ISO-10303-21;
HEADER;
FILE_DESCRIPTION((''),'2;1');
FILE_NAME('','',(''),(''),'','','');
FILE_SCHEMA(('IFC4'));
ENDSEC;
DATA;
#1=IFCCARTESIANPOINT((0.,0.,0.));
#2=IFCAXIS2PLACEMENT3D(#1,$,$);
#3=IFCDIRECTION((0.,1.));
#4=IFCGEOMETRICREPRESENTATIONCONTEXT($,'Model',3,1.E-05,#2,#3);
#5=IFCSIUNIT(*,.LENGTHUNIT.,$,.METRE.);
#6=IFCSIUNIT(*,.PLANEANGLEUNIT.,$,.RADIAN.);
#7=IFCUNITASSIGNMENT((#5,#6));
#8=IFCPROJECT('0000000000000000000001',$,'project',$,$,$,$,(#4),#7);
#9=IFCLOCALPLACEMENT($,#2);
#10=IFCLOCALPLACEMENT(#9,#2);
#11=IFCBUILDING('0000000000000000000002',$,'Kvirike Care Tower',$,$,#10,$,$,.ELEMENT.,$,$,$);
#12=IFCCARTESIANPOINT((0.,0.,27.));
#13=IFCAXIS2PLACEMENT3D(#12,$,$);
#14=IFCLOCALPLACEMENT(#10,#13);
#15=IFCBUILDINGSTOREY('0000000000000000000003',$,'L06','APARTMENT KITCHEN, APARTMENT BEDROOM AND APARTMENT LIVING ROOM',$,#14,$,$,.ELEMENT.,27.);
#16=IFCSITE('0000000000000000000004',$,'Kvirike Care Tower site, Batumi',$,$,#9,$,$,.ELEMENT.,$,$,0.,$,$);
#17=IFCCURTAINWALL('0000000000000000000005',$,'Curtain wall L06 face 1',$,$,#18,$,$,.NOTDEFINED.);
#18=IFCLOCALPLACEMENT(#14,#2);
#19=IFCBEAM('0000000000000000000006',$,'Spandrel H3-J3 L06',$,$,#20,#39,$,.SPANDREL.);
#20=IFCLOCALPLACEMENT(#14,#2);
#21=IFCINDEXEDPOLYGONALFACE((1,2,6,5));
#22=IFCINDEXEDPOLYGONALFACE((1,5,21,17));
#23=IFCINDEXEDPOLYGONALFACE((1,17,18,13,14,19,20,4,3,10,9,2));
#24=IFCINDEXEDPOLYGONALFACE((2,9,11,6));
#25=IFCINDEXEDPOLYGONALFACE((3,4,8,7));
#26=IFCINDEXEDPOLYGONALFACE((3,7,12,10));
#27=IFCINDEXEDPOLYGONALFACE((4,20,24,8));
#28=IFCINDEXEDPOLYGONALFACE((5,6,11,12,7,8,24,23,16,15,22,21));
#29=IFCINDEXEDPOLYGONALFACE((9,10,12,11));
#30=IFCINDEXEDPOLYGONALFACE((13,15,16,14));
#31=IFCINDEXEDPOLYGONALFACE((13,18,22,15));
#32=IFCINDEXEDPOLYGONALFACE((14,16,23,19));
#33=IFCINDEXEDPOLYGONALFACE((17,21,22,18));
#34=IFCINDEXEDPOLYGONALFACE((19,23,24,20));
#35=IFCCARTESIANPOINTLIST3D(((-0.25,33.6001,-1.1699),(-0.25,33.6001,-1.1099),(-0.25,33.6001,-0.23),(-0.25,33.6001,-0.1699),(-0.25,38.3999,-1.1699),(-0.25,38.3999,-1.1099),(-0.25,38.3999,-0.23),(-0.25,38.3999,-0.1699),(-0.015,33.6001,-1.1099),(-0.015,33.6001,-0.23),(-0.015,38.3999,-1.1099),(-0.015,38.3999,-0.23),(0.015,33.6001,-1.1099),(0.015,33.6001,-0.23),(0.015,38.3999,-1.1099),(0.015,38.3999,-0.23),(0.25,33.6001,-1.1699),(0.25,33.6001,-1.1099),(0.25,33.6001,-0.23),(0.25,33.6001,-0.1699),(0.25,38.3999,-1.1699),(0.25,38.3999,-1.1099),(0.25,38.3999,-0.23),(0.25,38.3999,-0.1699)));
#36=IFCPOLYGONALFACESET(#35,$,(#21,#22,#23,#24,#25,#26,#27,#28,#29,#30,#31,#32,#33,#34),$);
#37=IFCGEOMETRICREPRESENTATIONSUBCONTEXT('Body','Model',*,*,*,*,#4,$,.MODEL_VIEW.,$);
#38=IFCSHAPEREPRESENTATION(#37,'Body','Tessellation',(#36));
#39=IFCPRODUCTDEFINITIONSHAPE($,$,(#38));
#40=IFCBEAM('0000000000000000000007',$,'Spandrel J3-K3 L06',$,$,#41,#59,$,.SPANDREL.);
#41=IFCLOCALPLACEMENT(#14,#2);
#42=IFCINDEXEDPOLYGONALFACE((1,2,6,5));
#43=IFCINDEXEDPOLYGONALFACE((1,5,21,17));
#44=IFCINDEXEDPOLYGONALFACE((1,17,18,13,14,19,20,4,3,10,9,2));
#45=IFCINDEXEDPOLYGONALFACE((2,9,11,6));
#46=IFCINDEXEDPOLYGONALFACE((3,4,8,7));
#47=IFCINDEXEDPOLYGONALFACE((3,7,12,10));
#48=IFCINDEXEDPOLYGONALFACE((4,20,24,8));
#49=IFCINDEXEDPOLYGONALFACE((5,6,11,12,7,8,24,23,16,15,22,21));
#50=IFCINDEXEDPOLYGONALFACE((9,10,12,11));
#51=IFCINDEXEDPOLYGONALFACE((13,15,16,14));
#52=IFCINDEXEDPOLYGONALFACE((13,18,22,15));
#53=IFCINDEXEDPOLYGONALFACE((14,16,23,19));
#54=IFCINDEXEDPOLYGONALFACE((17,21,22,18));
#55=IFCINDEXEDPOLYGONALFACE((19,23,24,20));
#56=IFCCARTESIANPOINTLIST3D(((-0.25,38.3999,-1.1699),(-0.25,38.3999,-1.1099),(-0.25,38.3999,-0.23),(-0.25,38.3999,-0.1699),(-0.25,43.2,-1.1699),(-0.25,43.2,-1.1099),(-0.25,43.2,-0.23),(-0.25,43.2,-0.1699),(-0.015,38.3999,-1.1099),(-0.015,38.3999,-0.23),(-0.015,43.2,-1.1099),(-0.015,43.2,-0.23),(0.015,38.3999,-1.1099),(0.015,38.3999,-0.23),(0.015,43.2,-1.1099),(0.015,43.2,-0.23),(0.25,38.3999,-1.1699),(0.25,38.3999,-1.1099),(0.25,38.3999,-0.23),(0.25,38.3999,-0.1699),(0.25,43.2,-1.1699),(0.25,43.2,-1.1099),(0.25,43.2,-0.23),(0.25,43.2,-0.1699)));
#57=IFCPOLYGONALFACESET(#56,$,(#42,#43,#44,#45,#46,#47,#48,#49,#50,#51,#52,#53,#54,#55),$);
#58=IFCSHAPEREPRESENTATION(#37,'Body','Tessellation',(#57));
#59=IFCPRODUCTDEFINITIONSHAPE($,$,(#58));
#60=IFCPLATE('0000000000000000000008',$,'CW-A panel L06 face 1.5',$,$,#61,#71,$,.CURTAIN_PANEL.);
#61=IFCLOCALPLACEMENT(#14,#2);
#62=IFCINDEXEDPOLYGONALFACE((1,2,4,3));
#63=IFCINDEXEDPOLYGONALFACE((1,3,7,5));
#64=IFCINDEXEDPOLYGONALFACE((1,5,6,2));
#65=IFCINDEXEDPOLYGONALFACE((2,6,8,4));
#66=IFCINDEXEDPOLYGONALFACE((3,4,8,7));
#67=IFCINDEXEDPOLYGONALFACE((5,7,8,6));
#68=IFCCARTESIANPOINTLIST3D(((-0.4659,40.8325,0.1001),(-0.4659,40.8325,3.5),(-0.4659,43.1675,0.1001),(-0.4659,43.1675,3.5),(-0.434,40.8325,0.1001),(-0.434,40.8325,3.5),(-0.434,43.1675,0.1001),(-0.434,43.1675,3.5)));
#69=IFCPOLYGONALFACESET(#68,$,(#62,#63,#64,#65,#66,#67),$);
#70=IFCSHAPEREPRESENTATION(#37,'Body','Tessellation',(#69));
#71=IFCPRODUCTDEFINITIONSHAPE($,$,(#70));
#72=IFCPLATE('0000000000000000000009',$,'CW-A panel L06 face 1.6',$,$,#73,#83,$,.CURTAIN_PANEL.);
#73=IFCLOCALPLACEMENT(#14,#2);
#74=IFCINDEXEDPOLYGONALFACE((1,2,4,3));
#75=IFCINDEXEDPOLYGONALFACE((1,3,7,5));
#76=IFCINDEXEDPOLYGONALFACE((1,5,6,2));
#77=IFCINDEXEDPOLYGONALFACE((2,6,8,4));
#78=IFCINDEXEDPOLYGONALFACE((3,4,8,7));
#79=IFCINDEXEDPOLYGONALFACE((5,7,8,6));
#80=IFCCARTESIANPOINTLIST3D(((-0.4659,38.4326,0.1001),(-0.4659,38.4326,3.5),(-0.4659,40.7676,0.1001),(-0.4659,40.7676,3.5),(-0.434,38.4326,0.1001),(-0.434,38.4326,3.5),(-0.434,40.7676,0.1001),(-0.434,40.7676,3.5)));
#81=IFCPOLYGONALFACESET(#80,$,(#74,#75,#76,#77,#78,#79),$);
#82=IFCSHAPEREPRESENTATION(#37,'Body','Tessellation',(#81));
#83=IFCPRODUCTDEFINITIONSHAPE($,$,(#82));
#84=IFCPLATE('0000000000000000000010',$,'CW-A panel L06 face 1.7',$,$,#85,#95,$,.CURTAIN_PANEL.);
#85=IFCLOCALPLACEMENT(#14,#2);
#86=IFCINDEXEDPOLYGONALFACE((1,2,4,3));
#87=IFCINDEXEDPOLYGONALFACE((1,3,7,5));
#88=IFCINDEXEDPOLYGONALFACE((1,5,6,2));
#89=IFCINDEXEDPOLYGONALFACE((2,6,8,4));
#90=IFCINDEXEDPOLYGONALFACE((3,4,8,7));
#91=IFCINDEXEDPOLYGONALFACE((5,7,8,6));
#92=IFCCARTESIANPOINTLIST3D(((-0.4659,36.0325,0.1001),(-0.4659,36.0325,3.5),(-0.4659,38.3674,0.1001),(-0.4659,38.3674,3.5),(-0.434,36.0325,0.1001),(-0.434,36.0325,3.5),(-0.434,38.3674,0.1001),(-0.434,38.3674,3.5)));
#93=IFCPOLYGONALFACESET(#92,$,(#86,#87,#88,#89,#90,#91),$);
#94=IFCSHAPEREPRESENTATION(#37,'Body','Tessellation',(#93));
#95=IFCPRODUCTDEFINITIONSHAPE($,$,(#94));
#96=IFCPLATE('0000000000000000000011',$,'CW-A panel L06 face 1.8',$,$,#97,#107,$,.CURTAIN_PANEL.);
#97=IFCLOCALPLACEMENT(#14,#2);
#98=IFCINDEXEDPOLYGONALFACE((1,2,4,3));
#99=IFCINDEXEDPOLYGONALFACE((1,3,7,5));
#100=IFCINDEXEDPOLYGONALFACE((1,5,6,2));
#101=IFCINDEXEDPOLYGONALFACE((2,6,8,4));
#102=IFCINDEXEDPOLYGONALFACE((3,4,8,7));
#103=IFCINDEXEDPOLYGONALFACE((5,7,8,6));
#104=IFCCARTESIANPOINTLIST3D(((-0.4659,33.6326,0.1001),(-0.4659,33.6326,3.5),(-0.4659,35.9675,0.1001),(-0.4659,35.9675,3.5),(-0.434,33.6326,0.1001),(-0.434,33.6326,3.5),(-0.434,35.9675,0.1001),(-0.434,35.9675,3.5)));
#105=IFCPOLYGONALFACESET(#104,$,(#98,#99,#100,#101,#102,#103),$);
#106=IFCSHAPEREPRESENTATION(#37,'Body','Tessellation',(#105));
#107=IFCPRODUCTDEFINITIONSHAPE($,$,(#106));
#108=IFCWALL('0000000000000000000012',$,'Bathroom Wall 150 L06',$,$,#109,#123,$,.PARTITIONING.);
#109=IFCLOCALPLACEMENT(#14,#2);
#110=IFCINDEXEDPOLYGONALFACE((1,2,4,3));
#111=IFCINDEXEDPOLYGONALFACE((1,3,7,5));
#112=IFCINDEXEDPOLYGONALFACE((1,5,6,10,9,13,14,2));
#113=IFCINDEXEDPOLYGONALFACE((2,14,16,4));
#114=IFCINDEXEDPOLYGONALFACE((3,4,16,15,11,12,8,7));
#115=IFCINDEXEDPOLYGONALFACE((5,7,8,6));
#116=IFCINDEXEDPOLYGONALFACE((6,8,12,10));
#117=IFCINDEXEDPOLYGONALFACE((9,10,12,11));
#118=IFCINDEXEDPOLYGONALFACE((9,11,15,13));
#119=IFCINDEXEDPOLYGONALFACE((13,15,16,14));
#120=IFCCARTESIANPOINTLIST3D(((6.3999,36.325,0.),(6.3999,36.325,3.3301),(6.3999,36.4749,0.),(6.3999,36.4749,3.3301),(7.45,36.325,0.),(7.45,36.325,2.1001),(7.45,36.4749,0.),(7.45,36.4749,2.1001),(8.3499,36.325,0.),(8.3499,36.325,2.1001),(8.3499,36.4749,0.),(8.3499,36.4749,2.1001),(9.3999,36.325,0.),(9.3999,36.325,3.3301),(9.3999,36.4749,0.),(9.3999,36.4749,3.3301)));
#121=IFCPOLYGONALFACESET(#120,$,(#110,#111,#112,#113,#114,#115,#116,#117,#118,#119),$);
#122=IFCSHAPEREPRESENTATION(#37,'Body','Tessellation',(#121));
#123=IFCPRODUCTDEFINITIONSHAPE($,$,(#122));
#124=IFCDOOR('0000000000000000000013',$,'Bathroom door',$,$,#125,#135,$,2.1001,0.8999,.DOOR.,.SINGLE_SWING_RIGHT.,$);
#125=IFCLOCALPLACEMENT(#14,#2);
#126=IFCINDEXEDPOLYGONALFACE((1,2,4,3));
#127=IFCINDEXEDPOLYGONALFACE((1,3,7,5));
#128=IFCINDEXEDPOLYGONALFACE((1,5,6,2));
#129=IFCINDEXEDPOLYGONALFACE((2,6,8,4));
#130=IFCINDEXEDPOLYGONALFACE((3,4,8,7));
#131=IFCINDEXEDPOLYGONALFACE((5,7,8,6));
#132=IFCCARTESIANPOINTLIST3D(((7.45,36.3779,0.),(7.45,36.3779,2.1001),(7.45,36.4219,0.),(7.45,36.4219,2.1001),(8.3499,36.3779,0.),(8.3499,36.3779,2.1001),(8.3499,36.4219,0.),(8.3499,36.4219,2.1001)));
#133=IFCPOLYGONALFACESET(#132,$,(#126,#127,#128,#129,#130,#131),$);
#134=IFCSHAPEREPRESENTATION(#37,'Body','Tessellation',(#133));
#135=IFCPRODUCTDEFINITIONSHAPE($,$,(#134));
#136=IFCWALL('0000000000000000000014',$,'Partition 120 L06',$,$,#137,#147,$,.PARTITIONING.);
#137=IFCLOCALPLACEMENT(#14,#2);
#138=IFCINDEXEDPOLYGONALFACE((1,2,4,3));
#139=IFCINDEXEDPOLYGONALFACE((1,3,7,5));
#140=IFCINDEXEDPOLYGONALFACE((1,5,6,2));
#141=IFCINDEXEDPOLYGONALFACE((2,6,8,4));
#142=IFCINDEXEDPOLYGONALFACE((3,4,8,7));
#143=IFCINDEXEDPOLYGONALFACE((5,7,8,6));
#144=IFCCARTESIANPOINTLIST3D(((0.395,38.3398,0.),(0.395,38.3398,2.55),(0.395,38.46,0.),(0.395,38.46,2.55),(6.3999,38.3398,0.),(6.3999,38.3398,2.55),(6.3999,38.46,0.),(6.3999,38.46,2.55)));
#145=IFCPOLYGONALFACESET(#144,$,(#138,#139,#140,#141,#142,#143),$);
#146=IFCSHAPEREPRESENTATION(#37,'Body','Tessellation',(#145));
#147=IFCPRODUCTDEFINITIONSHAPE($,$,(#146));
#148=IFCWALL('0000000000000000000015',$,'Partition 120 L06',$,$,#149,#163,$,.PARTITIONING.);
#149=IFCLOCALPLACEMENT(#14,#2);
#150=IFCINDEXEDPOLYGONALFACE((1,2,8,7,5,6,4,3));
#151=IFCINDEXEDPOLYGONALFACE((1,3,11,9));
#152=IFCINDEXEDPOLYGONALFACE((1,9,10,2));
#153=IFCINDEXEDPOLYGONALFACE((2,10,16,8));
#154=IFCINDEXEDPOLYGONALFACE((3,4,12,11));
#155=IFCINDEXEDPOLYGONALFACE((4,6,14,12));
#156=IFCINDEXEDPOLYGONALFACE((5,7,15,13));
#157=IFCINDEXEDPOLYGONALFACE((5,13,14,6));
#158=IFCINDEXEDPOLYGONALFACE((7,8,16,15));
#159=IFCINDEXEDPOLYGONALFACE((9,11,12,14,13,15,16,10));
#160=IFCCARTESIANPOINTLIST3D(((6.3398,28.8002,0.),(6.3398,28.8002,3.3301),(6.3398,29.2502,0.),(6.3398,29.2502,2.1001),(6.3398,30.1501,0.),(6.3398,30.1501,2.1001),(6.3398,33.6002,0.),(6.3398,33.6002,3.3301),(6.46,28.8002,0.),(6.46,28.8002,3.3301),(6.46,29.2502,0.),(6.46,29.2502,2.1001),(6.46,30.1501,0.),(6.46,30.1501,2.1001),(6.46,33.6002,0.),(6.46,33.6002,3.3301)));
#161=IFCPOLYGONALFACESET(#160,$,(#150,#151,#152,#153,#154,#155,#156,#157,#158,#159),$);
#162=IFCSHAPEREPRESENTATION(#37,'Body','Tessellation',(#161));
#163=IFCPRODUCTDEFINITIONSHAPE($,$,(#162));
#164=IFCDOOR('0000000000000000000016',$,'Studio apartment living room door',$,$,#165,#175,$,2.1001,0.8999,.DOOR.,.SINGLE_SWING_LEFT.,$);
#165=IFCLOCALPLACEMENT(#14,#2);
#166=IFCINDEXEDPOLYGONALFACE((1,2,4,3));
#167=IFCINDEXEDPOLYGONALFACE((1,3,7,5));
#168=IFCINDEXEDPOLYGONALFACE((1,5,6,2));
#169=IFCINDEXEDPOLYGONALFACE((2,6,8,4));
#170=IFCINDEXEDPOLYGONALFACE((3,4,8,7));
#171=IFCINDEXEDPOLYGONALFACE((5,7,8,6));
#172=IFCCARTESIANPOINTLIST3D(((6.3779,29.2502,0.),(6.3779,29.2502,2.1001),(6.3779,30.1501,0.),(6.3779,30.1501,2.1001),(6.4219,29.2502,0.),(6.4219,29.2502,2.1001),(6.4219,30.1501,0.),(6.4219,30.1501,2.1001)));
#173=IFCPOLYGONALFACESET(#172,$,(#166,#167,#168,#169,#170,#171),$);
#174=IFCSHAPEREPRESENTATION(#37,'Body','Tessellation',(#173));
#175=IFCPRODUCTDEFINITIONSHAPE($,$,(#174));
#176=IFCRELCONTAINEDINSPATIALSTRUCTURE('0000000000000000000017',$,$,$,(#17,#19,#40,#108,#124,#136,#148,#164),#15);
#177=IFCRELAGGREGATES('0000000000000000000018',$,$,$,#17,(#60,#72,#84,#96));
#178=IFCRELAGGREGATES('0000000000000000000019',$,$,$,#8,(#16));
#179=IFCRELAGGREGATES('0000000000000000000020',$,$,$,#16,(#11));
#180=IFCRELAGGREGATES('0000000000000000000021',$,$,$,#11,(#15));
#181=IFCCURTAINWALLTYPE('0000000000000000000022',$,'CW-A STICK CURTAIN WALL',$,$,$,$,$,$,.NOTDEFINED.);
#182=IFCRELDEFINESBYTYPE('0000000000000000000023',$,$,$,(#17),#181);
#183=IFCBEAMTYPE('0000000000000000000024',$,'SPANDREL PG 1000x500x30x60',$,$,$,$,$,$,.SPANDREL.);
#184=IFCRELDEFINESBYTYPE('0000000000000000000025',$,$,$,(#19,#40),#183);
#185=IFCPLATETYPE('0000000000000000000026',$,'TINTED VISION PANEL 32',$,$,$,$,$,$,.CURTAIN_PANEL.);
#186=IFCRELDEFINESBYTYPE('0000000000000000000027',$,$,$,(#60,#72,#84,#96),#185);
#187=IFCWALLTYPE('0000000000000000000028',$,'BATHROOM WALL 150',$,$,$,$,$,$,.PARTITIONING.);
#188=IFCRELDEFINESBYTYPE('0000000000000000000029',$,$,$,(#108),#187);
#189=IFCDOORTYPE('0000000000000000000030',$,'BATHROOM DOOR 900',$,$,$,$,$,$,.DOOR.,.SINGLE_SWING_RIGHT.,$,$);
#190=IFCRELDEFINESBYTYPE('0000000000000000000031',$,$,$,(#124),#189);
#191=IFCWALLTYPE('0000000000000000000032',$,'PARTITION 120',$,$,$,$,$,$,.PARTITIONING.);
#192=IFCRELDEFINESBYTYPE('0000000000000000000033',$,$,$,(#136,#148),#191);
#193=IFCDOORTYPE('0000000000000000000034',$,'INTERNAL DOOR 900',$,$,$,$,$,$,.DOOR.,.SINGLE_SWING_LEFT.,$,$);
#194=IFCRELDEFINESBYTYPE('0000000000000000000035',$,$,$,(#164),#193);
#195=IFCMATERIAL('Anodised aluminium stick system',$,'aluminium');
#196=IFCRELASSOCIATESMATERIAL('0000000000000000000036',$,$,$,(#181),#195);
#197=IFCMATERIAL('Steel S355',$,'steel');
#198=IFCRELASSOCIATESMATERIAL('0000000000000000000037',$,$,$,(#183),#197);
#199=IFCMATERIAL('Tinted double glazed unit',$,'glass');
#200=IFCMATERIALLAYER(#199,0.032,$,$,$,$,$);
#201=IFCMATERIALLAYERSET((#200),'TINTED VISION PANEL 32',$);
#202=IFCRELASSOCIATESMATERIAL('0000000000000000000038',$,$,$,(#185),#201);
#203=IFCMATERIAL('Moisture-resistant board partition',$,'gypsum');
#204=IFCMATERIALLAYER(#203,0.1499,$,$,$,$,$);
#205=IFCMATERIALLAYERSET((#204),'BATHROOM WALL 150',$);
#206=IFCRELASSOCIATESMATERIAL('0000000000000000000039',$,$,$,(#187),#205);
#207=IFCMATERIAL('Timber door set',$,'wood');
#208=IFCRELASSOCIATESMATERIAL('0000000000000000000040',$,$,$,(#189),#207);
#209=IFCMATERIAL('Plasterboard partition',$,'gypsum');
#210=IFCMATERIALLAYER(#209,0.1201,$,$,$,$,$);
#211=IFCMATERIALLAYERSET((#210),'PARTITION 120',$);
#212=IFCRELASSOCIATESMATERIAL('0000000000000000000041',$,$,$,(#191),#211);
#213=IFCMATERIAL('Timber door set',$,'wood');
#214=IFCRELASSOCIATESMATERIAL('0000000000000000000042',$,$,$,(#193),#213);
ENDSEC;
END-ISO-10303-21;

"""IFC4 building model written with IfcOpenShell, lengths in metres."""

from ifc_helpers import new_model, si_unit, direction, frame, frame_2d, origin, origin_2d, place, context, subcontext, project, spatial, rectangle, i_section, extrude, material, layer, layer_set, material_profile, profile_set, type_object, element, fill, aggregate, save


model = new_model("IFC4")

# Units and contexts
model_context = context("Model", 3, precision=1e-05, world=origin(), true_north=direction((0.0, 1.0)))
body_context = subcontext(model_context, "Body", "Model", "MODEL_VIEW")
ifc_project = project(units=[si_unit("LENGTHUNIT", "METRE"), si_unit("PLANEANGLEUNIT", "RADIAN")], contexts=[model_context])

# Site, building, storey
site_placement = place(None, origin())
site = spatial("IfcSite", under=ifc_project, at=site_placement, Name="Kvirike Care Tower site, Batumi", CompositionType="ELEMENT", RefElevation=0.0)
building_placement = place(site_placement, origin())
building = spatial("IfcBuilding", under=site, at=building_placement, Name="Kvirike Care Tower", CompositionType="ELEMENT")
storey_placement = place(building_placement, frame((0.0, 0.0, 27.0)))
storey = spatial("IfcBuildingStorey", under=building, at=storey_placement, Name="L06", Description="APARTMENT KITCHEN, APARTMENT BEDROOM AND APARTMENT LIVING ROOM", CompositionType="ELEMENT", Elevation=27.0)

# Curtain wall
ifc_material_1 = material(Name="Anodised aluminium stick system", Category="aluminium")
curtain_wall_type = type_object("IfcCurtainWallType", Name="CW-A STICK CURTAIN WALL", PredefinedType="NOTDEFINED", material=ifc_material_1)
curtain_wall_placement = place(storey_placement, origin())
curtain_wall = element("IfcCurtainWall", 1, at=curtain_wall_placement, inside=storey, type_object=curtain_wall_type, Name="Curtain wall L06 face 1", PredefinedType="NOTDEFINED")

# Beams
ifc_material_2 = material(Name="Steel S355", Category="steel")
ifc_material_profile_1 = material_profile(ifc_material_2, i_section(OverallWidth=0.5, OverallDepth=1.0, WebThickness=0.03, FlangeThickness=0.0601, at=origin_2d()), Name="PG 1000x500x30x60")
ifc_profile_set_1 = profile_set([ifc_material_profile_1], Name="Steel S355")
beam_type_1 = type_object("IfcBeamType", Name="SPANDREL PG 1000x500x30x60", PredefinedType="SPANDREL", material=ifc_profile_set_1)
beam_1_placement = place(storey_placement, frame((0.0, 33.6001, -0.6699), z_axis=(0.0, 1.0, 0.0), x_axis=(-1.0, 0.0, 0.0)))
element("IfcBeam", 2, at=beam_1_placement, inside=storey, type_object=beam_type_1, Name="Spandrel H3-J3 L06", PredefinedType="SPANDREL", context=body_context, shape_type="SweptSolid", body=[
    extrude(i_section(OverallWidth=0.5, OverallDepth=1.0, WebThickness=0.03, FlangeThickness=0.0601, at=origin_2d()), origin(), (0.0, 0.0, 1.0), 4.7998),
])
beam_2_placement = place(storey_placement, frame((0.0, 38.3999, -0.6699), z_axis=(0.0, 1.0, 0.0), x_axis=(-1.0, 0.0, 0.0)))
element("IfcBeam", 3, at=beam_2_placement, inside=storey, type_object=beam_type_1, Name="Spandrel J3-K3 L06", PredefinedType="SPANDREL", context=body_context, shape_type="SweptSolid", body=[
    extrude(i_section(OverallWidth=0.5, OverallDepth=1.0, WebThickness=0.03, FlangeThickness=0.0601, at=origin_2d()), origin(), (0.0, 0.0, 1.0), 4.8),
])

# Plates
ifc_material_3 = material(Name="Tinted double glazed unit", Category="glass")
ifc_layer_1 = layer(ifc_material_3, 0.032)
ifc_layer_set_1 = layer_set([ifc_layer_1], Name="TINTED VISION PANEL 32")
plate_type = type_object("IfcPlateType", Name="TINTED VISION PANEL 32", PredefinedType="CURTAIN_PANEL", material=ifc_layer_set_1)
plate_1_placement = place(storey_placement, frame((-0.45, 42.0, 0.1001), z_axis=(0.0, 0.0, 1.0), x_axis=(0.0, -1.0, 0.0)))
plate_1 = element("IfcPlate", 4, at=plate_1_placement, type_object=plate_type, Name="CW-A panel L06 face 1.5", PredefinedType="CURTAIN_PANEL", context=body_context, shape_type="SweptSolid", body=[
    extrude(rectangle(XDim=2.335, YDim=0.032, at=origin_2d()), origin(), (0.0, 0.0, 1.0), 3.3999),
])
plate_2_placement = place(storey_placement, frame((-0.45, 39.6001, 0.1001), z_axis=(0.0, 0.0, 1.0), x_axis=(0.0, -1.0, 0.0)))
plate_2 = element("IfcPlate", 5, at=plate_2_placement, type_object=plate_type, Name="CW-A panel L06 face 1.6", PredefinedType="CURTAIN_PANEL", context=body_context, shape_type="SweptSolid", body=[
    extrude(rectangle(XDim=2.335, YDim=0.032, at=origin_2d()), origin(), (0.0, 0.0, 1.0), 3.3999),
])
plate_3_placement = place(storey_placement, frame((-0.45, 37.2, 0.1001), z_axis=(0.0, 0.0, 1.0), x_axis=(0.0, -1.0, 0.0)))
plate_3 = element("IfcPlate", 6, at=plate_3_placement, type_object=plate_type, Name="CW-A panel L06 face 1.7", PredefinedType="CURTAIN_PANEL", context=body_context, shape_type="SweptSolid", body=[
    extrude(rectangle(XDim=2.335, YDim=0.032, at=origin_2d()), origin(), (0.0, 0.0, 1.0), 3.3999),
])
plate_4_placement = place(storey_placement, frame((-0.45, 34.8, 0.1001), z_axis=(0.0, 0.0, 1.0), x_axis=(0.0, -1.0, 0.0)))
plate_4 = element("IfcPlate", 7, at=plate_4_placement, type_object=plate_type, Name="CW-A panel L06 face 1.8", PredefinedType="CURTAIN_PANEL", context=body_context, shape_type="SweptSolid", body=[
    extrude(rectangle(XDim=2.335, YDim=0.032, at=origin_2d()), origin(), (0.0, 0.0, 1.0), 3.3999),
])
aggregate(curtain_wall, [plate_1, plate_2, plate_3, plate_4])

# Wall, opening, door
ifc_material_4 = material(Name="Moisture-resistant board partition", Category="gypsum")
ifc_layer_2 = layer(ifc_material_4, 0.1499)
ifc_layer_set_2 = layer_set([ifc_layer_2], Name="BATHROOM WALL 150")
wall_type_1 = type_object("IfcWallType", Name="BATHROOM WALL 150", PredefinedType="PARTITIONING", material=ifc_layer_set_2)
wall_1_placement = place(storey_placement, frame((6.3999, 36.3999, 0.0), z_axis=(0.0, 0.0, 1.0), x_axis=(1.0, 0.0, 0.0)))
wall_1 = element("IfcWall", 8, at=wall_1_placement, inside=storey, type_object=wall_type_1, Name="Bathroom Wall 150 L06", PredefinedType="PARTITIONING", context=body_context, shape_type="SweptSolid", body=[
    extrude(rectangle(XDim=3.0, YDim=0.1499, at=frame_2d((1.5, 0.0))), origin(), (0.0, 0.0, 1.0), 3.3301),
])
opening_1_placement = place(wall_1_placement, frame((1.05, 0.0, 0.0)))
opening_1 = element("IfcOpeningElement", 9, at=opening_1_placement, cuts=wall_1, PredefinedType="OPENING", context=body_context, shape_type="SweptSolid", body=[
    extrude(rectangle(XDim=0.8999, YDim=2.1001, at=frame_2d((0.45, 1.05))), frame((0.0, 0.0854, 0.0), z_axis=(0.0, -1.0, 0.0), x_axis=(1.0, 0.0, 0.0)), (0.0, 0.0, 1.0), 0.1709),
])
ifc_material_5 = material(Name="Timber door set", Category="wood")
door_type_1 = type_object("IfcDoorType", Name="BATHROOM DOOR 900", OperationType="SINGLE_SWING_RIGHT", PredefinedType="DOOR", material=ifc_material_5)
door_1_placement = place(opening_1_placement, frame((0.8999, 0.0, 0.0), z_axis=(0.0, 0.0, 1.0), x_axis=(-1.0, 0.0, 0.0)))
door_1 = element("IfcDoor", 10, at=door_1_placement, inside=storey, type_object=door_type_1, Name="Bathroom door", OperationType="SINGLE_SWING_RIGHT", OverallHeight=2.1001, OverallWidth=0.8999, PredefinedType="DOOR", context=body_context, shape_type="SweptSolid", body=[
    extrude(rectangle(XDim=0.8999, YDim=2.1001, at=frame_2d((0.45, 1.05))), frame((0.0, 0.022, 0.0), z_axis=(0.0, -1.0, 0.0), x_axis=(1.0, 0.0, 0.0)), (0.0, 0.0, 1.0), 0.0439),
])
fill(opening_1, door_1)

# Wall
ifc_material_6 = material(Name="Plasterboard partition", Category="gypsum")
ifc_layer_3 = layer(ifc_material_6, 0.1201)
ifc_layer_set_3 = layer_set([ifc_layer_3], Name="PARTITION 120")
wall_type_2 = type_object("IfcWallType", Name="PARTITION 120", PredefinedType="PARTITIONING", material=ifc_layer_set_3)
wall_2_placement = place(storey_placement, frame((0.395, 38.3999, 0.0), z_axis=(0.0, 0.0, 1.0), x_axis=(1.0, 0.0, 0.0)))
element("IfcWall", 11, at=wall_2_placement, inside=storey, type_object=wall_type_2, Name="Partition 120 L06", PredefinedType="PARTITIONING", context=body_context, shape_type="SweptSolid", body=[
    extrude(rectangle(XDim=6.0049, YDim=0.1201, at=frame_2d((3.0024, 0.0))), origin(), (0.0, 0.0, 1.0), 2.55),
])

# Wall, opening, door
wall_3_placement = place(storey_placement, frame((6.3999, 33.6001, 0.0), z_axis=(0.0, 0.0, 1.0), x_axis=(0.0, -1.0, 0.0)))
wall_3 = element("IfcWall", 12, at=wall_3_placement, inside=storey, type_object=wall_type_2, Name="Partition 120 L06", PredefinedType="PARTITIONING", context=body_context, shape_type="SweptSolid", body=[
    extrude(rectangle(XDim=4.8, YDim=0.1201, at=frame_2d((2.3999, 0.0))), origin(), (0.0, 0.0, 1.0), 3.3301),
])
opening_2_placement = place(wall_3_placement, frame((3.45, 0.0, 0.0)))
opening_2 = element("IfcOpeningElement", 13, at=opening_2_placement, cuts=wall_3, PredefinedType="OPENING", context=body_context, shape_type="SweptSolid", body=[
    extrude(rectangle(XDim=0.8999, YDim=2.1001, at=frame_2d((0.45, 1.05))), frame((0.0, 0.0706, 0.0), z_axis=(0.0, -1.0, 0.0), x_axis=(1.0, 0.0, 0.0)), (0.0, 0.0, 1.0), 0.1411),
])
ifc_material_7 = material(Name="Timber door set", Category="wood")
door_type_2 = type_object("IfcDoorType", Name="INTERNAL DOOR 900", OperationType="SINGLE_SWING_LEFT", PredefinedType="DOOR", material=ifc_material_7)
door_2_placement = place(opening_2_placement, origin())
door_2 = element("IfcDoor", 14, at=door_2_placement, inside=storey, type_object=door_type_2, Name="Studio apartment living room door", OperationType="SINGLE_SWING_LEFT", OverallHeight=2.1001, OverallWidth=0.8999, PredefinedType="DOOR", context=body_context, shape_type="SweptSolid", body=[
    extrude(rectangle(XDim=0.8999, YDim=2.1001, at=frame_2d((0.45, 1.05))), frame((0.0, 0.022, 0.0), z_axis=(0.0, -1.0, 0.0), x_axis=(1.0, 0.0, 0.0)), (0.0, 0.0, 1.0), 0.0439),
])
fill(opening_2, door_2)

save(model, "model.ifc")
